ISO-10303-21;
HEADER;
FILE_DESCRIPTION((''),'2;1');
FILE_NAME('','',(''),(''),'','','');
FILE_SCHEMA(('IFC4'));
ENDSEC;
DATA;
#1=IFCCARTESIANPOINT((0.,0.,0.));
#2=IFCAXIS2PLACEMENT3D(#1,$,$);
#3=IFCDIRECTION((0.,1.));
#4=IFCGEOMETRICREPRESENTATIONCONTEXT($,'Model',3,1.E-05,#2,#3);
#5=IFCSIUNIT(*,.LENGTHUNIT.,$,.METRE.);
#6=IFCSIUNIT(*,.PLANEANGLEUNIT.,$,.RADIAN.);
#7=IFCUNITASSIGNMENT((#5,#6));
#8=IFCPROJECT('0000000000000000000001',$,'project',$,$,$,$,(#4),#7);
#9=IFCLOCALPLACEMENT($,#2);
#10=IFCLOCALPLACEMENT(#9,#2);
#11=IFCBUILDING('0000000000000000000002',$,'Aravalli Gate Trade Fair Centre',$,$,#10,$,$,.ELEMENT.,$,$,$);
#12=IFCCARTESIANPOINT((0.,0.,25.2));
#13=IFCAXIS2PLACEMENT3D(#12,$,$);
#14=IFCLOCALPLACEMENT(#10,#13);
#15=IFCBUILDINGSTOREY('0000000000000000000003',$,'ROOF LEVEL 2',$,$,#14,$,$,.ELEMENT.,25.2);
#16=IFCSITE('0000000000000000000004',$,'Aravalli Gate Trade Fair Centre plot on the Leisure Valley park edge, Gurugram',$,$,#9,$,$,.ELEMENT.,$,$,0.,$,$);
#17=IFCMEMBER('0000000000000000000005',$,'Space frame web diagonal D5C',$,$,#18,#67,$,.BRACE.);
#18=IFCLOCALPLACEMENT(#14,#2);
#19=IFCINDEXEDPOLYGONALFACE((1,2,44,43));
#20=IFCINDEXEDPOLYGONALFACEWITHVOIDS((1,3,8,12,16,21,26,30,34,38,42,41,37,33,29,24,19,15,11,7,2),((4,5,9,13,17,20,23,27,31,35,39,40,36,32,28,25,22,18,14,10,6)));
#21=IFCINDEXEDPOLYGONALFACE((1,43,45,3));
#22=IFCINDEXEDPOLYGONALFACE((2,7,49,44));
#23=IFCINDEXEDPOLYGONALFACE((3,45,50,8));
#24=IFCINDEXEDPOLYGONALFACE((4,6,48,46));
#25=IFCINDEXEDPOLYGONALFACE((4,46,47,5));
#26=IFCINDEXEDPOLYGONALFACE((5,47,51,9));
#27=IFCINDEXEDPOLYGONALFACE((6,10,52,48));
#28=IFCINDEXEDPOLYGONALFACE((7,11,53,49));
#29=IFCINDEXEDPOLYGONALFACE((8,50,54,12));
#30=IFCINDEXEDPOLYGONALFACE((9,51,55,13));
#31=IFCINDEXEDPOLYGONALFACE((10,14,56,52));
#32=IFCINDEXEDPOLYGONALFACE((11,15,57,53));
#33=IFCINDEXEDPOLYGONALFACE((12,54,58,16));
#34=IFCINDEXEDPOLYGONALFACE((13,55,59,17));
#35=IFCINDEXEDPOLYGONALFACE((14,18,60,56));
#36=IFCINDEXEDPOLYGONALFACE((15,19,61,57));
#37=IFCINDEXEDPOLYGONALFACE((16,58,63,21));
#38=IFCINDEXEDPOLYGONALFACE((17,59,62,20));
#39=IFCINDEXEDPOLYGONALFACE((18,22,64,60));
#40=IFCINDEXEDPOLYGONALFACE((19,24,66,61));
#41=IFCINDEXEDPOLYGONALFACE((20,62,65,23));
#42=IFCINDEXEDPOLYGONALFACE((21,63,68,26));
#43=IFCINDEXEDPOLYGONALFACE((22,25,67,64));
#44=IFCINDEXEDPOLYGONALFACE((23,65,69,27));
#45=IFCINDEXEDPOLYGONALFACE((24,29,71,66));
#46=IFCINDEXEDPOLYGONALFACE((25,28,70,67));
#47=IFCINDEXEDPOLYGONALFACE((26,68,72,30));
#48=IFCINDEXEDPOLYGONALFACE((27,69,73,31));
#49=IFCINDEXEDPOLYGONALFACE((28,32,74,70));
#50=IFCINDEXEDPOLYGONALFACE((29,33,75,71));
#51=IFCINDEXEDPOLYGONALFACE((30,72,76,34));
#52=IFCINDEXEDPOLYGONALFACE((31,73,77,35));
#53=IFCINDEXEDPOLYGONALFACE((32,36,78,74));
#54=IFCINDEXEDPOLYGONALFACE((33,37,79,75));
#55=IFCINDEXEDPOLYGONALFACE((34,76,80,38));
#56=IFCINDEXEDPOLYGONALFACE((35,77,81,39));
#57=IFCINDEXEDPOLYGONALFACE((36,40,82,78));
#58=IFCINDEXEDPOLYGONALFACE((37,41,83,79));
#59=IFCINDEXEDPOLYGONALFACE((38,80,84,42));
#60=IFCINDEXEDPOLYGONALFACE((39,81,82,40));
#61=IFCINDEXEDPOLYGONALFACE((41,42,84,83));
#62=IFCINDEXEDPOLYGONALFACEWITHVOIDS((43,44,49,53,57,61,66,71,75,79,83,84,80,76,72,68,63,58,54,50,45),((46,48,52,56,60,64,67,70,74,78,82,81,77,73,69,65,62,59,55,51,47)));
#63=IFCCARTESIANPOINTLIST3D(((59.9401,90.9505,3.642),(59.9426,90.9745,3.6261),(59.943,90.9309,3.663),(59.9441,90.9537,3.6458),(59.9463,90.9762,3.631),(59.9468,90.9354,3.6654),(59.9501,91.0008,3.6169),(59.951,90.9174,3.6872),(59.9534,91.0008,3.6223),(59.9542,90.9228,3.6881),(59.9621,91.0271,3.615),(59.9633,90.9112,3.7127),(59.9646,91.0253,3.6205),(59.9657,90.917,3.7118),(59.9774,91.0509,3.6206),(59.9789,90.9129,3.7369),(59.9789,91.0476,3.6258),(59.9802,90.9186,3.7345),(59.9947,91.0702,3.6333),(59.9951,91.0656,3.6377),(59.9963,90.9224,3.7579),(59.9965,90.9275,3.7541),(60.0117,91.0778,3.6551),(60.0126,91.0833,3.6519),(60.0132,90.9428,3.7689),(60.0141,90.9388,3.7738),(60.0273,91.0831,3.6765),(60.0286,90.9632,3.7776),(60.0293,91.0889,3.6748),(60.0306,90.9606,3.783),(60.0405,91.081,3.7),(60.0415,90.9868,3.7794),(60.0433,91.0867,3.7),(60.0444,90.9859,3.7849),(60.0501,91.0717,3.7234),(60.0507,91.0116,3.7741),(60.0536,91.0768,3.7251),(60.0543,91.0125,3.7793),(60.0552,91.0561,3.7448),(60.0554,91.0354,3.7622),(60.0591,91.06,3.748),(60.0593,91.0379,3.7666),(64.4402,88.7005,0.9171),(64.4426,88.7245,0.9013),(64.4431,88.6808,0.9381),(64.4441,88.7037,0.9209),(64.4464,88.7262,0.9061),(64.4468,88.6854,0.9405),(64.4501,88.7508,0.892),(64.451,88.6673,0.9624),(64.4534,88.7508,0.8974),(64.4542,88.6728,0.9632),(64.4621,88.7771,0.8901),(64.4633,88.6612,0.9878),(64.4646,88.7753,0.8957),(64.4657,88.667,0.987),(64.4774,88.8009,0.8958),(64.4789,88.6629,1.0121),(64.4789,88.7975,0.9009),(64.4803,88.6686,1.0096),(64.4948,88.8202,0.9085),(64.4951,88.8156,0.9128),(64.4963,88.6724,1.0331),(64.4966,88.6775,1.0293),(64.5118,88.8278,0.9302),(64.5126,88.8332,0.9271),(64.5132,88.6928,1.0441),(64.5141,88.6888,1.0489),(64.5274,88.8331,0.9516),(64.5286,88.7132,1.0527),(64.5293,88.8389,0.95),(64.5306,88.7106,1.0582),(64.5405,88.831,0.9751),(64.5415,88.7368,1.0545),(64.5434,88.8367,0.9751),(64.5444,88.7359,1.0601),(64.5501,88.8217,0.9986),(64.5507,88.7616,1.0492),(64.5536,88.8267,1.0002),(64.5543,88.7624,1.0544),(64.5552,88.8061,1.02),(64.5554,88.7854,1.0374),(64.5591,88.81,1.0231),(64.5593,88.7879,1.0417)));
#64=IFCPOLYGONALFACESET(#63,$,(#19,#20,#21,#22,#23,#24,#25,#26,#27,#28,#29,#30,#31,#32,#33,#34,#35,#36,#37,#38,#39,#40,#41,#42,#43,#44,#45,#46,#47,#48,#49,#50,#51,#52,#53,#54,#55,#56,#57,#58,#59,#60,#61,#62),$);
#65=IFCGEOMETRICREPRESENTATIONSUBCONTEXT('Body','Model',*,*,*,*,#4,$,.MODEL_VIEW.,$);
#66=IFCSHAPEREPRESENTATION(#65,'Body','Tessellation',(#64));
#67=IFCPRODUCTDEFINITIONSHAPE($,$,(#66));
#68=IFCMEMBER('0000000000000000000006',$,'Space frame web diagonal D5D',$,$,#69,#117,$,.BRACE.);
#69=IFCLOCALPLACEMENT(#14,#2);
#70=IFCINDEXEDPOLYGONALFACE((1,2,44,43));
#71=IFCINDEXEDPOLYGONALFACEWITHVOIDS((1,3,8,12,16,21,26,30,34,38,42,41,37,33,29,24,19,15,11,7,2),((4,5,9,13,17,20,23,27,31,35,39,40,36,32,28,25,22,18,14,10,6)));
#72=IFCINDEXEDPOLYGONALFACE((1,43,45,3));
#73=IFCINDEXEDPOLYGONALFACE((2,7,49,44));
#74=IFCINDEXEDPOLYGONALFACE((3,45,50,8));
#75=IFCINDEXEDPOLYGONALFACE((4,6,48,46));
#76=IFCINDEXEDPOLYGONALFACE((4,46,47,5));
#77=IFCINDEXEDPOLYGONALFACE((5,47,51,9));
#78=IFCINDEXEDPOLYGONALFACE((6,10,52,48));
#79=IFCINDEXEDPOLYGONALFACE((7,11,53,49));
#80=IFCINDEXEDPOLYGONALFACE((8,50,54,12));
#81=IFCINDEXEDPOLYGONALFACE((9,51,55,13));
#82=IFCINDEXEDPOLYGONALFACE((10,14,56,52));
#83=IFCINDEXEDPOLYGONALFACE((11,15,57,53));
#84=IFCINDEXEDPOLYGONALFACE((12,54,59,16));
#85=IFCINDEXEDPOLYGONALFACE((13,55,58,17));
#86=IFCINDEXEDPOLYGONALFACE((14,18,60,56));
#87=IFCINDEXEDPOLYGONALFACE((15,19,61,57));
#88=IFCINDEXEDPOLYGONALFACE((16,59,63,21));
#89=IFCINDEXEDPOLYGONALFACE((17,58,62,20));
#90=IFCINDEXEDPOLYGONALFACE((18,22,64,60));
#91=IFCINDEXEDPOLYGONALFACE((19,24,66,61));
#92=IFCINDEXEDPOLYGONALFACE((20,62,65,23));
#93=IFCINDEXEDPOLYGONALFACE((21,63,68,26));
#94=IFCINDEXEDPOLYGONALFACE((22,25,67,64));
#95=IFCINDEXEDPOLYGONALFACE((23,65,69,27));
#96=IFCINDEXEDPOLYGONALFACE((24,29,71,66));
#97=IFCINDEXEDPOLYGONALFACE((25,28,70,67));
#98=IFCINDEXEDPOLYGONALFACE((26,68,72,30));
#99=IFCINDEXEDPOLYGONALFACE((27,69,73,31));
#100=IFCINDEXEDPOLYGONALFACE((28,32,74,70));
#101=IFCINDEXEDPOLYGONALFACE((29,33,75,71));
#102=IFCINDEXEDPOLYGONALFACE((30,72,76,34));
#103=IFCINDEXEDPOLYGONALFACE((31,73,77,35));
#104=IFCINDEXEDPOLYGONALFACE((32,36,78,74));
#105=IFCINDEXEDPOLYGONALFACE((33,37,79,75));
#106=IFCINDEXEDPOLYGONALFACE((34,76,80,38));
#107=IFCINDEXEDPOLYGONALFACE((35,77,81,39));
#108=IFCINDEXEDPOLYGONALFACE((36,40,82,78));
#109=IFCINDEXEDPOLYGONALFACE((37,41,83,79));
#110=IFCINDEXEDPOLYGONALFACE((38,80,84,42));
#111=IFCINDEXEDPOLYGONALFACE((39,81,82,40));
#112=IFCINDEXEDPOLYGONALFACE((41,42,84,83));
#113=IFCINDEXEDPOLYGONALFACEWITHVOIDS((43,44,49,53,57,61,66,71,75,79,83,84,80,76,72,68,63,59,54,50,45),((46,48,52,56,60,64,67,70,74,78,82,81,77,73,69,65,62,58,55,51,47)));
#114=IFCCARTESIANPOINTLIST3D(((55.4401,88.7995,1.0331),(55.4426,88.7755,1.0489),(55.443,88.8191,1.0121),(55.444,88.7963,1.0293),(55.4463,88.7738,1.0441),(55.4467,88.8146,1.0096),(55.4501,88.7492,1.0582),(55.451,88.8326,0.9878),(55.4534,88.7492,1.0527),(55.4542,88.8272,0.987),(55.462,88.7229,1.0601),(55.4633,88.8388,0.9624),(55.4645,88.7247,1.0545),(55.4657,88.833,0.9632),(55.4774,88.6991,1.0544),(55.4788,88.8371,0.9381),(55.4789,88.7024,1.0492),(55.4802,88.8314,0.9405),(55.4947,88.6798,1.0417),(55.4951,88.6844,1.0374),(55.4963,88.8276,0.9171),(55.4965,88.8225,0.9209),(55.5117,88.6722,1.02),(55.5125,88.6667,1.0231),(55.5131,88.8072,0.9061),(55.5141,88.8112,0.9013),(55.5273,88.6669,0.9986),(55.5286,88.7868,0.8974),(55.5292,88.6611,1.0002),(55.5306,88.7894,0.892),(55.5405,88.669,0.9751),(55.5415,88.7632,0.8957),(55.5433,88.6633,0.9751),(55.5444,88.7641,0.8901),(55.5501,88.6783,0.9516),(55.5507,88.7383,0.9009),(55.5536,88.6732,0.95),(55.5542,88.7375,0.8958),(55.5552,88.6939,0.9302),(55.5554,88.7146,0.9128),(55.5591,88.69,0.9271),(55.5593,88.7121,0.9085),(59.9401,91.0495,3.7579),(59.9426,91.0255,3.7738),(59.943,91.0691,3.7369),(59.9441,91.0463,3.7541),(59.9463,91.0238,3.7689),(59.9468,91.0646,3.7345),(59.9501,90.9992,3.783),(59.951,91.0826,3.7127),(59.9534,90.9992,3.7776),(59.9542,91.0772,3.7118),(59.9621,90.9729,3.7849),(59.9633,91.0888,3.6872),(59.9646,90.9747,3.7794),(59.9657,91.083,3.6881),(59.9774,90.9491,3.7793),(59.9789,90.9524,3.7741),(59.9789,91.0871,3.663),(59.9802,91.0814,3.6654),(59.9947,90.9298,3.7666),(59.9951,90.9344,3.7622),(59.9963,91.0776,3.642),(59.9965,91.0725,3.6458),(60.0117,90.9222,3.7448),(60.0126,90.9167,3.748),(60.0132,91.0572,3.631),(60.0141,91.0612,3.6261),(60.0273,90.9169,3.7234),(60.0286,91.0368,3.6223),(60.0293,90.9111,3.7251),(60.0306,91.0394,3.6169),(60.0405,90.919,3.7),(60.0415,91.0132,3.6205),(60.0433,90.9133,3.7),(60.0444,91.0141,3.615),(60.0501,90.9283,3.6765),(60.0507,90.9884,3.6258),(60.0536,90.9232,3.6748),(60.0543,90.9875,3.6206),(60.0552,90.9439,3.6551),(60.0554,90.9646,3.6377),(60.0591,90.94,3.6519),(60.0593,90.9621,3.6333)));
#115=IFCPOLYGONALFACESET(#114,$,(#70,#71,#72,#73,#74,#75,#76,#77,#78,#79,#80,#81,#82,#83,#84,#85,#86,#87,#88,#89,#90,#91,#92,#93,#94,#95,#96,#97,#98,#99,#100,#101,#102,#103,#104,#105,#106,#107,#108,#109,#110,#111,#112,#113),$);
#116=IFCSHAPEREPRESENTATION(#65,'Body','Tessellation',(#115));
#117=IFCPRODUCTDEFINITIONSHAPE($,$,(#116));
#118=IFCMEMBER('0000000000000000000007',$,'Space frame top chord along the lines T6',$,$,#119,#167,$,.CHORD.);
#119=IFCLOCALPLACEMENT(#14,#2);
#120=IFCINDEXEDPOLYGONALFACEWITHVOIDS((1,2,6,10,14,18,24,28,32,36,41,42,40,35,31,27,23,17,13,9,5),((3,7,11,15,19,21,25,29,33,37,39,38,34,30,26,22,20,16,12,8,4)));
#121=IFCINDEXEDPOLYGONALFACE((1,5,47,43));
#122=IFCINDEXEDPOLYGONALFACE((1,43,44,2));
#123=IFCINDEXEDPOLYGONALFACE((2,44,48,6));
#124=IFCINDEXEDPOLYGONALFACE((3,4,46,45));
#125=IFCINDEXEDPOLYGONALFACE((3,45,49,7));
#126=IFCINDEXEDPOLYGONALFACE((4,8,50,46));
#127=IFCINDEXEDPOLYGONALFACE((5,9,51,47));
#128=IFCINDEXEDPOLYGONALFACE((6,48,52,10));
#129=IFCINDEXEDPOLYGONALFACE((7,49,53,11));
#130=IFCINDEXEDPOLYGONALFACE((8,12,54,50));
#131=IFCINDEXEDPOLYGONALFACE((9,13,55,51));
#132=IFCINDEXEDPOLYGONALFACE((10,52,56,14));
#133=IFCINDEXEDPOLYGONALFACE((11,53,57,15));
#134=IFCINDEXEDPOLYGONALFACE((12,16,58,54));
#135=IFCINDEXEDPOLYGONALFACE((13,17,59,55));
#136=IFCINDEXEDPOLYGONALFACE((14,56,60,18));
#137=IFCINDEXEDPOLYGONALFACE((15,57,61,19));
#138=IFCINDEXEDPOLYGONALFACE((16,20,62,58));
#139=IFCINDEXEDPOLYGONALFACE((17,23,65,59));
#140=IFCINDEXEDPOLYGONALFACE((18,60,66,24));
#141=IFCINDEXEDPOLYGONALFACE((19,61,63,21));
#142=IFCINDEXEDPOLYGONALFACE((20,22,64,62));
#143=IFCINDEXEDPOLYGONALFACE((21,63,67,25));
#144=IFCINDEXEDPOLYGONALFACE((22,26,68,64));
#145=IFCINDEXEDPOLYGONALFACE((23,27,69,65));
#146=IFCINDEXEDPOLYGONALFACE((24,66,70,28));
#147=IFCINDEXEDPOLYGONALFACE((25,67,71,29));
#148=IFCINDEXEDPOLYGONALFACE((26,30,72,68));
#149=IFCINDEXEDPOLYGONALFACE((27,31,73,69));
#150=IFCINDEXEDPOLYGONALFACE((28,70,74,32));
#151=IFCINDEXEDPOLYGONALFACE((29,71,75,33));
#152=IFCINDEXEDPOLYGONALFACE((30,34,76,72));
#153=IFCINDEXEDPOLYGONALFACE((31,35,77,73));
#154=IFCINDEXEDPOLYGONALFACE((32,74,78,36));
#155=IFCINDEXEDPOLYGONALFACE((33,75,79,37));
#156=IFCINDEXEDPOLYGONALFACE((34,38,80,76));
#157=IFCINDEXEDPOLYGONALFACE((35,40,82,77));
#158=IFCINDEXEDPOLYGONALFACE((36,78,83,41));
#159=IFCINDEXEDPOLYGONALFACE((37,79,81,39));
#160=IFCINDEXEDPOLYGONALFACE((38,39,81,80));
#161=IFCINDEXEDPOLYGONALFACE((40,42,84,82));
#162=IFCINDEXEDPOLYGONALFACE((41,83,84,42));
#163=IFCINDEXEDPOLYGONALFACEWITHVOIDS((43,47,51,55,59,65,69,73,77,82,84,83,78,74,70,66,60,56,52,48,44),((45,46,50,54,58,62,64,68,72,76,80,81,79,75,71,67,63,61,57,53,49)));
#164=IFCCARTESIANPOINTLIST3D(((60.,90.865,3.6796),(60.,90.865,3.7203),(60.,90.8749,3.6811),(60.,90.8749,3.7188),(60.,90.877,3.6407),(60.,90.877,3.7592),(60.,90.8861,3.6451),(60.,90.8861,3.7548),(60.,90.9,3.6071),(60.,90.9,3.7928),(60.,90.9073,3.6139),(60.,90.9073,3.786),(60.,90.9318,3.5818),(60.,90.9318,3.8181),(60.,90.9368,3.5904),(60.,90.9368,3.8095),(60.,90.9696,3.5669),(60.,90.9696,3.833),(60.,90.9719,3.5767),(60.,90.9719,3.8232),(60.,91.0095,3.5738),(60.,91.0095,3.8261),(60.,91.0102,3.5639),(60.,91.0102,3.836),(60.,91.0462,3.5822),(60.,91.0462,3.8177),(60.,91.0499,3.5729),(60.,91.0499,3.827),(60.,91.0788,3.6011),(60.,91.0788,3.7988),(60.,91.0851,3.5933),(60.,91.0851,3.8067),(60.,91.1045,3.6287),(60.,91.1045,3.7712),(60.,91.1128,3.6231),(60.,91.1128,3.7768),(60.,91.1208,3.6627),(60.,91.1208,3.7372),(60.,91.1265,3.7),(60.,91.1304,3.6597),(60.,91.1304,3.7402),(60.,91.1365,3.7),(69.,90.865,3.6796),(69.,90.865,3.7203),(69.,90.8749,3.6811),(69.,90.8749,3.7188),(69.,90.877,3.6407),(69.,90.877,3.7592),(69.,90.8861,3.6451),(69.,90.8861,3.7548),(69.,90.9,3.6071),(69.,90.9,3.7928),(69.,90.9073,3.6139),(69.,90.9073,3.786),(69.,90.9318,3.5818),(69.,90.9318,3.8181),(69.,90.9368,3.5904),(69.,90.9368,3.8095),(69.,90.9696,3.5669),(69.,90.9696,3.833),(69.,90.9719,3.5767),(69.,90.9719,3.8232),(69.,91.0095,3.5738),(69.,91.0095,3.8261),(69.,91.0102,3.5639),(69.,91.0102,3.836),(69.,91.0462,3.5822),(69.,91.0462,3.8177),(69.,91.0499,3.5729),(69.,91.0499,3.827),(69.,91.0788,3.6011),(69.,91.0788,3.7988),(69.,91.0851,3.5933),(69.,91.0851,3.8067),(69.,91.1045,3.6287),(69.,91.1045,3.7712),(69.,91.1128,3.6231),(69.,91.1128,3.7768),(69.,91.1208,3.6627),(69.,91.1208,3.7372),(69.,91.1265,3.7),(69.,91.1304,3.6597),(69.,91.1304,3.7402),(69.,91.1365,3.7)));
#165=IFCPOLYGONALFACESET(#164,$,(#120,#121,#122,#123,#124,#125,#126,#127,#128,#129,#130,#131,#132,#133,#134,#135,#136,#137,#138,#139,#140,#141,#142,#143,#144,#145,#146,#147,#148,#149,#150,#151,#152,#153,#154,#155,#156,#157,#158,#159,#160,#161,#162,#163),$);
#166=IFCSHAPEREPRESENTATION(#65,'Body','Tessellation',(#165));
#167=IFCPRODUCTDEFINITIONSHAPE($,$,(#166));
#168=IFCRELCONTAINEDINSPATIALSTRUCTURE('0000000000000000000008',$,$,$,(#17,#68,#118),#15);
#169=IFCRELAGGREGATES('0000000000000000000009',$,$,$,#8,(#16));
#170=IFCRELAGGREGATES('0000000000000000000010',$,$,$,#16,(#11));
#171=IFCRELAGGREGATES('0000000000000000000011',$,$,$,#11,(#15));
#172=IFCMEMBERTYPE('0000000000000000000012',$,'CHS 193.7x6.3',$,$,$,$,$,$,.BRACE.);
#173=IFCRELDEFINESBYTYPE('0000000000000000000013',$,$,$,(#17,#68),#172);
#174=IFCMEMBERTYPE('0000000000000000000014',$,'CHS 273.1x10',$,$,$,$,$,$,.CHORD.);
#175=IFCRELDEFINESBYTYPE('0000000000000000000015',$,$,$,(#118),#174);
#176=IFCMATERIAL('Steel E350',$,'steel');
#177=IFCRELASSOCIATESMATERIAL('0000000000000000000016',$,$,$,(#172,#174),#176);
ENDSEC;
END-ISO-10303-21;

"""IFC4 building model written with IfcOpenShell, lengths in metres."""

from ifc_helpers import new_model, si_unit, direction, frame, origin, origin_2d, place, context, subcontext, project, spatial, hollow_circle, extrude, material, material_profile, profile_set, type_object, element, save


model = new_model("IFC4")

# Units and contexts
model_context = context("Model", 3, precision=1e-05, world=origin(), true_north=direction((0.0, 1.0)))
body_context = subcontext(model_context, "Body", "Model", "MODEL_VIEW")
ifc_project = project(units=[si_unit("LENGTHUNIT", "METRE"), si_unit("PLANEANGLEUNIT", "RADIAN")], contexts=[model_context])

# Site, building, storey
site_placement = place(None, origin())
site = spatial("IfcSite", under=ifc_project, at=site_placement, Name="Aravalli Gate Trade Fair Centre plot on the Leisure Valley park edge, Gurugram", CompositionType="ELEMENT", RefElevation=0.0)
building_placement = place(site_placement, origin())
building = spatial("IfcBuilding", under=site, at=building_placement, Name="Aravalli Gate Trade Fair Centre", CompositionType="ELEMENT")
storey_placement = place(building_placement, frame((0.0, 0.0, 25.2)))
storey = spatial("IfcBuildingStorey", under=building, at=storey_placement, Name="ROOF LEVEL 2", CompositionType="ELEMENT", Elevation=25.2)

# Members
ifc_material_1 = material(Name="Steel E350", Category="steel")
ifc_material_profile_1 = material_profile(ifc_material_1, hollow_circle(Radius=0.0969, WallThickness=0.0063, at=origin_2d()), Name="CHS 193.7x6.3")
ifc_profile_set_1 = profile_set([ifc_material_profile_1], Name="Steel E350")
member_type_1 = type_object("IfcMemberType", Name="CHS 193.7x6.3", PredefinedType="BRACE", material=ifc_profile_set_1)
for number, where, z_axis, x_axis, name in (
    (1, (60.0, 91.0, 3.7), (0.786486, -0.393243, -0.476235), (0.447214, 0.894427, 0.0), "Space frame web diagonal D5C"),
    (2, (60.0, 91.0, 3.7), (-0.786486, -0.393243, -0.476235), (0.447214, -0.894427, 0.0), "Space frame web diagonal D5D"),
):
    element("IfcMember", number, at=place(storey_placement, frame(where, z_axis=z_axis, x_axis=x_axis)), inside=storey, type_object=member_type_1, Name=name, PredefinedType="BRACE", context=body_context, shape_type="SweptSolid", body=[
        extrude(hollow_circle(Radius=0.0969, WallThickness=0.0063, at=origin_2d()), origin(), (0.0, 0.0, 1.0), 5.7217),
    ])
ifc_material_profile_2 = material_profile(ifc_material_1, hollow_circle(Radius=0.1365, WallThickness=0.01, at=origin_2d()), Name="CHS 273.1x10")
ifc_profile_set_2 = profile_set([ifc_material_profile_2], Name="Steel E350")
member_type_2 = type_object("IfcMemberType", Name="CHS 273.1x10", PredefinedType="CHORD", material=ifc_profile_set_2)
for number, where, z_axis, x_axis, name in (
    (3, (60.0, 91.0, 3.7), (1.0, 0.0, 0.0), (0.0, 1.0, 0.0), "Space frame top chord along the lines T6"),
):
    element("IfcMember", number, at=place(storey_placement, frame(where, z_axis=z_axis, x_axis=x_axis)), inside=storey, type_object=member_type_2, Name=name, PredefinedType="CHORD", context=body_context, shape_type="SweptSolid", body=[
        extrude(hollow_circle(Radius=0.1365, WallThickness=0.01, at=origin_2d()), origin(), (0.0, 0.0, 1.0), 9.0),
    ])

save(model, "model.ifc")
